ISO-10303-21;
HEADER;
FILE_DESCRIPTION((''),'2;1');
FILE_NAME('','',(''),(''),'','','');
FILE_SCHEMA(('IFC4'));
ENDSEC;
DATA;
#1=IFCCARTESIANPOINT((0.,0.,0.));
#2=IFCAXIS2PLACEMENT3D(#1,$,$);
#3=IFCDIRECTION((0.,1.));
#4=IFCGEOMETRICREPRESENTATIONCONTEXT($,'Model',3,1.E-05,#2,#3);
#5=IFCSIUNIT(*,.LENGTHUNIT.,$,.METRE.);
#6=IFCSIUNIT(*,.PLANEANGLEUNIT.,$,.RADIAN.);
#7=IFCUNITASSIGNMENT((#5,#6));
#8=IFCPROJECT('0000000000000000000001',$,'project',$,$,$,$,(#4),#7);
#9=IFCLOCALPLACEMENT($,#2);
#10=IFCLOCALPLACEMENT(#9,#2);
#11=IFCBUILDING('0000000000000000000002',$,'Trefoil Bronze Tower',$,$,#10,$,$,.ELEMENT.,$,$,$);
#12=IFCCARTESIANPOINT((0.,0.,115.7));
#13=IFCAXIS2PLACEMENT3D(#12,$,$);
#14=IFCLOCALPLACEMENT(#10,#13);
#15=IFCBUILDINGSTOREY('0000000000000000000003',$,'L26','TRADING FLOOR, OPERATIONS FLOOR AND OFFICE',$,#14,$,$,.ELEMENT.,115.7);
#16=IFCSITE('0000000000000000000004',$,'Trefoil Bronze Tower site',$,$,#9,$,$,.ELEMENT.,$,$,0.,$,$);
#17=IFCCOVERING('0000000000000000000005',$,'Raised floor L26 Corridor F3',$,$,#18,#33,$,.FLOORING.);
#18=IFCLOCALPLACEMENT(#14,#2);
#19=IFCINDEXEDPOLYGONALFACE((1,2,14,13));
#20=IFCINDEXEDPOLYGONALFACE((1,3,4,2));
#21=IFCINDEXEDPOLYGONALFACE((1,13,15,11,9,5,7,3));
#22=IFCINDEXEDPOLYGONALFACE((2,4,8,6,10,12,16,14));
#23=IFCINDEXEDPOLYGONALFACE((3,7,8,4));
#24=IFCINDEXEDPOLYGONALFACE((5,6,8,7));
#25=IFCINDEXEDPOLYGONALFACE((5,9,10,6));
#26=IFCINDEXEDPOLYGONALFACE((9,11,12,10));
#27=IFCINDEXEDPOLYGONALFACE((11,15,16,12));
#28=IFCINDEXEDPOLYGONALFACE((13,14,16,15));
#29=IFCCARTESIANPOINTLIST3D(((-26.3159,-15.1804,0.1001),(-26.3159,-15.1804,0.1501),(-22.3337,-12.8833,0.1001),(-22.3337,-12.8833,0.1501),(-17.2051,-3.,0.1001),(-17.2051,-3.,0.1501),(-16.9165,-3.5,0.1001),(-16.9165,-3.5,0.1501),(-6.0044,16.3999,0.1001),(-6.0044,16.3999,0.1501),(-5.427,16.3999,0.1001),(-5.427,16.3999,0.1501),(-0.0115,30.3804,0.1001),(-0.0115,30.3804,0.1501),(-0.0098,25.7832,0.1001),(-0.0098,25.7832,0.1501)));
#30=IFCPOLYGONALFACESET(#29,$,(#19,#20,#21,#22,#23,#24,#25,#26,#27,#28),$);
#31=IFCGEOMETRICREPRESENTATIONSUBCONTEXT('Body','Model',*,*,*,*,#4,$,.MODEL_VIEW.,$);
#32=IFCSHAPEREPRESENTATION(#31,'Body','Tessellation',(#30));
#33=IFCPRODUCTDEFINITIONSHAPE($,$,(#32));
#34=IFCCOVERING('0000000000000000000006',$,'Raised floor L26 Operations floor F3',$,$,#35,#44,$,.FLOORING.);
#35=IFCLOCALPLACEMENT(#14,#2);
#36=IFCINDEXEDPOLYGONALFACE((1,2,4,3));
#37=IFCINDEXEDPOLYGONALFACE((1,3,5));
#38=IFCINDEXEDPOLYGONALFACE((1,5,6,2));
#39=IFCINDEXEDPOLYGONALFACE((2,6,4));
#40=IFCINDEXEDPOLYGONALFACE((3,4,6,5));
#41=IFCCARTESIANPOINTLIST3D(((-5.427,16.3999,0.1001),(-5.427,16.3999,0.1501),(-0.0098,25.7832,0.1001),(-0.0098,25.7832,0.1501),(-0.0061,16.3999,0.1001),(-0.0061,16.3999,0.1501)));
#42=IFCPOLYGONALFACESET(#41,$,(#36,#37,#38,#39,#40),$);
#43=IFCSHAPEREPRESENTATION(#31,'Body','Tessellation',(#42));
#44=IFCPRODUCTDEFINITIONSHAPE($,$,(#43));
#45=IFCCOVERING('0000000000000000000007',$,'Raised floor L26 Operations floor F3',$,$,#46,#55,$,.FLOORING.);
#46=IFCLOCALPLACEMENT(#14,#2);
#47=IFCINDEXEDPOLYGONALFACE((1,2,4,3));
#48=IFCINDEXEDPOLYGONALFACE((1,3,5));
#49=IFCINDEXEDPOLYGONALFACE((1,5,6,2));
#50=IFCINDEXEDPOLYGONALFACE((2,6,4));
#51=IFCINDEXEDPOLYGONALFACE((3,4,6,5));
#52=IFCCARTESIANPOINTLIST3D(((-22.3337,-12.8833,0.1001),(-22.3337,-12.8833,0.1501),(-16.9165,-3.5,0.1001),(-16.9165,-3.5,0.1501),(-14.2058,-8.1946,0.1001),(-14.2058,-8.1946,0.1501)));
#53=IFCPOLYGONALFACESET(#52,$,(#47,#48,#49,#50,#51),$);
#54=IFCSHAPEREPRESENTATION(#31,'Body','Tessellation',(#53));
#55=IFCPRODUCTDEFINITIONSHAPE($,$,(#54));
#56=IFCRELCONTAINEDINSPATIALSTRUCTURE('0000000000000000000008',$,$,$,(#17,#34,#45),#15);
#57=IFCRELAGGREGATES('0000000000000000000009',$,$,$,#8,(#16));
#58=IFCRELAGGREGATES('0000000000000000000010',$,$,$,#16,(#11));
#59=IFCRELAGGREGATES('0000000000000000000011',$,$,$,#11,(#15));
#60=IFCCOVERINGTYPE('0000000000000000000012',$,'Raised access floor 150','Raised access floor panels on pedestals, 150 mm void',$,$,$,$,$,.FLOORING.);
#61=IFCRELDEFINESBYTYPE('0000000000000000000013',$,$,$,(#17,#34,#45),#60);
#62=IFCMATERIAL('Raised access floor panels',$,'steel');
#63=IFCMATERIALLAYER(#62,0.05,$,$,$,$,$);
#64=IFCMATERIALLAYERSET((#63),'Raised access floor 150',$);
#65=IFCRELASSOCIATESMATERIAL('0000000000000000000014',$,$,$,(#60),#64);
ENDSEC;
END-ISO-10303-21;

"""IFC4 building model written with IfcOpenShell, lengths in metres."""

from ifc_helpers import new_model, si_unit, direction, frame, origin, place, context, subcontext, project, spatial, polyline, outline, extrude, material, layer, layer_set, type_object, element, save


model = new_model("IFC4")

# Units and contexts
model_context = context("Model", 3, precision=1e-05, world=origin(), true_north=direction((0.0, 1.0)))
body_context = subcontext(model_context, "Body", "Model", "MODEL_VIEW")
ifc_project = project(units=[si_unit("LENGTHUNIT", "METRE"), si_unit("PLANEANGLEUNIT", "RADIAN")], contexts=[model_context])

# Site, building, storey
site_placement = place(None, origin())
site = spatial("IfcSite", under=ifc_project, at=site_placement, Name="Trefoil Bronze Tower site", CompositionType="ELEMENT", RefElevation=0.0)
building_placement = place(site_placement, origin())
building = spatial("IfcBuilding", under=site, at=building_placement, Name="Trefoil Bronze Tower", CompositionType="ELEMENT")
storey_placement = place(building_placement, frame((0.0, 0.0, 115.7)))
storey = spatial("IfcBuildingStorey", under=building, at=storey_placement, Name="L26", Description="TRADING FLOOR, OPERATIONS FLOOR AND OFFICE", CompositionType="ELEMENT", Elevation=115.7)

# Coverings
ifc_material_1 = material(Name="Raised access floor panels", Category="steel")
ifc_layer_1 = layer(ifc_material_1, 0.05)
ifc_layer_set_1 = layer_set([ifc_layer_1], Name="Raised access floor 150")
covering_type_1 = type_object("IfcCoveringType", Name="Raised access floor 150", Description="Raised access floor panels on pedestals, 150 mm void", PredefinedType="FLOORING", material=ifc_layer_set_1)
covering_1_placement = place(storey_placement, frame((0.0, 0.0, 0.1001)))
element("IfcCovering", 1, at=covering_1_placement, inside=storey, type_object=covering_type_1, Name="Raised floor L26 Corridor F3", PredefinedType="FLOORING", context=body_context, shape_type="SweptSolid", body=[
    extrude(outline(polyline([(-0.0115, 30.3804), (-0.0098, 25.7832), (-5.427, 16.3999), (-6.0044, 16.3999), (-17.2051, -3.0), (-16.9165, -3.5), (-22.3337, -12.8833), (-26.3159, -15.1804), (-0.0115, 30.3804)])), origin(), (0.0, 0.0, 1.0), 0.05),
])
covering_2_placement = place(storey_placement, frame((0.0, 0.0, 0.1001)))
element("IfcCovering", 2, at=covering_2_placement, inside=storey, type_object=covering_type_1, Name="Raised floor L26 Operations floor F3", PredefinedType="FLOORING", context=body_context, shape_type="SweptSolid", body=[
    extrude(outline(polyline([(-0.0061, 16.3999), (-5.427, 16.3999), (-0.0098, 25.7832), (-0.0061, 16.3999)])), origin(), (0.0, 0.0, 1.0), 0.05),
])
covering_3_placement = place(storey_placement, frame((0.0, 0.0, 0.1001)))
element("IfcCovering", 3, at=covering_3_placement, inside=storey, type_object=covering_type_1, Name="Raised floor L26 Operations floor F3", PredefinedType="FLOORING", context=body_context, shape_type="SweptSolid", body=[
    extrude(outline(polyline([(-14.2058, -8.1946), (-22.3337, -12.8833), (-16.9165, -3.5), (-14.2058, -8.1946)])), origin(), (0.0, 0.0, 1.0), 0.05),
])

save(model, "model.ifc")
